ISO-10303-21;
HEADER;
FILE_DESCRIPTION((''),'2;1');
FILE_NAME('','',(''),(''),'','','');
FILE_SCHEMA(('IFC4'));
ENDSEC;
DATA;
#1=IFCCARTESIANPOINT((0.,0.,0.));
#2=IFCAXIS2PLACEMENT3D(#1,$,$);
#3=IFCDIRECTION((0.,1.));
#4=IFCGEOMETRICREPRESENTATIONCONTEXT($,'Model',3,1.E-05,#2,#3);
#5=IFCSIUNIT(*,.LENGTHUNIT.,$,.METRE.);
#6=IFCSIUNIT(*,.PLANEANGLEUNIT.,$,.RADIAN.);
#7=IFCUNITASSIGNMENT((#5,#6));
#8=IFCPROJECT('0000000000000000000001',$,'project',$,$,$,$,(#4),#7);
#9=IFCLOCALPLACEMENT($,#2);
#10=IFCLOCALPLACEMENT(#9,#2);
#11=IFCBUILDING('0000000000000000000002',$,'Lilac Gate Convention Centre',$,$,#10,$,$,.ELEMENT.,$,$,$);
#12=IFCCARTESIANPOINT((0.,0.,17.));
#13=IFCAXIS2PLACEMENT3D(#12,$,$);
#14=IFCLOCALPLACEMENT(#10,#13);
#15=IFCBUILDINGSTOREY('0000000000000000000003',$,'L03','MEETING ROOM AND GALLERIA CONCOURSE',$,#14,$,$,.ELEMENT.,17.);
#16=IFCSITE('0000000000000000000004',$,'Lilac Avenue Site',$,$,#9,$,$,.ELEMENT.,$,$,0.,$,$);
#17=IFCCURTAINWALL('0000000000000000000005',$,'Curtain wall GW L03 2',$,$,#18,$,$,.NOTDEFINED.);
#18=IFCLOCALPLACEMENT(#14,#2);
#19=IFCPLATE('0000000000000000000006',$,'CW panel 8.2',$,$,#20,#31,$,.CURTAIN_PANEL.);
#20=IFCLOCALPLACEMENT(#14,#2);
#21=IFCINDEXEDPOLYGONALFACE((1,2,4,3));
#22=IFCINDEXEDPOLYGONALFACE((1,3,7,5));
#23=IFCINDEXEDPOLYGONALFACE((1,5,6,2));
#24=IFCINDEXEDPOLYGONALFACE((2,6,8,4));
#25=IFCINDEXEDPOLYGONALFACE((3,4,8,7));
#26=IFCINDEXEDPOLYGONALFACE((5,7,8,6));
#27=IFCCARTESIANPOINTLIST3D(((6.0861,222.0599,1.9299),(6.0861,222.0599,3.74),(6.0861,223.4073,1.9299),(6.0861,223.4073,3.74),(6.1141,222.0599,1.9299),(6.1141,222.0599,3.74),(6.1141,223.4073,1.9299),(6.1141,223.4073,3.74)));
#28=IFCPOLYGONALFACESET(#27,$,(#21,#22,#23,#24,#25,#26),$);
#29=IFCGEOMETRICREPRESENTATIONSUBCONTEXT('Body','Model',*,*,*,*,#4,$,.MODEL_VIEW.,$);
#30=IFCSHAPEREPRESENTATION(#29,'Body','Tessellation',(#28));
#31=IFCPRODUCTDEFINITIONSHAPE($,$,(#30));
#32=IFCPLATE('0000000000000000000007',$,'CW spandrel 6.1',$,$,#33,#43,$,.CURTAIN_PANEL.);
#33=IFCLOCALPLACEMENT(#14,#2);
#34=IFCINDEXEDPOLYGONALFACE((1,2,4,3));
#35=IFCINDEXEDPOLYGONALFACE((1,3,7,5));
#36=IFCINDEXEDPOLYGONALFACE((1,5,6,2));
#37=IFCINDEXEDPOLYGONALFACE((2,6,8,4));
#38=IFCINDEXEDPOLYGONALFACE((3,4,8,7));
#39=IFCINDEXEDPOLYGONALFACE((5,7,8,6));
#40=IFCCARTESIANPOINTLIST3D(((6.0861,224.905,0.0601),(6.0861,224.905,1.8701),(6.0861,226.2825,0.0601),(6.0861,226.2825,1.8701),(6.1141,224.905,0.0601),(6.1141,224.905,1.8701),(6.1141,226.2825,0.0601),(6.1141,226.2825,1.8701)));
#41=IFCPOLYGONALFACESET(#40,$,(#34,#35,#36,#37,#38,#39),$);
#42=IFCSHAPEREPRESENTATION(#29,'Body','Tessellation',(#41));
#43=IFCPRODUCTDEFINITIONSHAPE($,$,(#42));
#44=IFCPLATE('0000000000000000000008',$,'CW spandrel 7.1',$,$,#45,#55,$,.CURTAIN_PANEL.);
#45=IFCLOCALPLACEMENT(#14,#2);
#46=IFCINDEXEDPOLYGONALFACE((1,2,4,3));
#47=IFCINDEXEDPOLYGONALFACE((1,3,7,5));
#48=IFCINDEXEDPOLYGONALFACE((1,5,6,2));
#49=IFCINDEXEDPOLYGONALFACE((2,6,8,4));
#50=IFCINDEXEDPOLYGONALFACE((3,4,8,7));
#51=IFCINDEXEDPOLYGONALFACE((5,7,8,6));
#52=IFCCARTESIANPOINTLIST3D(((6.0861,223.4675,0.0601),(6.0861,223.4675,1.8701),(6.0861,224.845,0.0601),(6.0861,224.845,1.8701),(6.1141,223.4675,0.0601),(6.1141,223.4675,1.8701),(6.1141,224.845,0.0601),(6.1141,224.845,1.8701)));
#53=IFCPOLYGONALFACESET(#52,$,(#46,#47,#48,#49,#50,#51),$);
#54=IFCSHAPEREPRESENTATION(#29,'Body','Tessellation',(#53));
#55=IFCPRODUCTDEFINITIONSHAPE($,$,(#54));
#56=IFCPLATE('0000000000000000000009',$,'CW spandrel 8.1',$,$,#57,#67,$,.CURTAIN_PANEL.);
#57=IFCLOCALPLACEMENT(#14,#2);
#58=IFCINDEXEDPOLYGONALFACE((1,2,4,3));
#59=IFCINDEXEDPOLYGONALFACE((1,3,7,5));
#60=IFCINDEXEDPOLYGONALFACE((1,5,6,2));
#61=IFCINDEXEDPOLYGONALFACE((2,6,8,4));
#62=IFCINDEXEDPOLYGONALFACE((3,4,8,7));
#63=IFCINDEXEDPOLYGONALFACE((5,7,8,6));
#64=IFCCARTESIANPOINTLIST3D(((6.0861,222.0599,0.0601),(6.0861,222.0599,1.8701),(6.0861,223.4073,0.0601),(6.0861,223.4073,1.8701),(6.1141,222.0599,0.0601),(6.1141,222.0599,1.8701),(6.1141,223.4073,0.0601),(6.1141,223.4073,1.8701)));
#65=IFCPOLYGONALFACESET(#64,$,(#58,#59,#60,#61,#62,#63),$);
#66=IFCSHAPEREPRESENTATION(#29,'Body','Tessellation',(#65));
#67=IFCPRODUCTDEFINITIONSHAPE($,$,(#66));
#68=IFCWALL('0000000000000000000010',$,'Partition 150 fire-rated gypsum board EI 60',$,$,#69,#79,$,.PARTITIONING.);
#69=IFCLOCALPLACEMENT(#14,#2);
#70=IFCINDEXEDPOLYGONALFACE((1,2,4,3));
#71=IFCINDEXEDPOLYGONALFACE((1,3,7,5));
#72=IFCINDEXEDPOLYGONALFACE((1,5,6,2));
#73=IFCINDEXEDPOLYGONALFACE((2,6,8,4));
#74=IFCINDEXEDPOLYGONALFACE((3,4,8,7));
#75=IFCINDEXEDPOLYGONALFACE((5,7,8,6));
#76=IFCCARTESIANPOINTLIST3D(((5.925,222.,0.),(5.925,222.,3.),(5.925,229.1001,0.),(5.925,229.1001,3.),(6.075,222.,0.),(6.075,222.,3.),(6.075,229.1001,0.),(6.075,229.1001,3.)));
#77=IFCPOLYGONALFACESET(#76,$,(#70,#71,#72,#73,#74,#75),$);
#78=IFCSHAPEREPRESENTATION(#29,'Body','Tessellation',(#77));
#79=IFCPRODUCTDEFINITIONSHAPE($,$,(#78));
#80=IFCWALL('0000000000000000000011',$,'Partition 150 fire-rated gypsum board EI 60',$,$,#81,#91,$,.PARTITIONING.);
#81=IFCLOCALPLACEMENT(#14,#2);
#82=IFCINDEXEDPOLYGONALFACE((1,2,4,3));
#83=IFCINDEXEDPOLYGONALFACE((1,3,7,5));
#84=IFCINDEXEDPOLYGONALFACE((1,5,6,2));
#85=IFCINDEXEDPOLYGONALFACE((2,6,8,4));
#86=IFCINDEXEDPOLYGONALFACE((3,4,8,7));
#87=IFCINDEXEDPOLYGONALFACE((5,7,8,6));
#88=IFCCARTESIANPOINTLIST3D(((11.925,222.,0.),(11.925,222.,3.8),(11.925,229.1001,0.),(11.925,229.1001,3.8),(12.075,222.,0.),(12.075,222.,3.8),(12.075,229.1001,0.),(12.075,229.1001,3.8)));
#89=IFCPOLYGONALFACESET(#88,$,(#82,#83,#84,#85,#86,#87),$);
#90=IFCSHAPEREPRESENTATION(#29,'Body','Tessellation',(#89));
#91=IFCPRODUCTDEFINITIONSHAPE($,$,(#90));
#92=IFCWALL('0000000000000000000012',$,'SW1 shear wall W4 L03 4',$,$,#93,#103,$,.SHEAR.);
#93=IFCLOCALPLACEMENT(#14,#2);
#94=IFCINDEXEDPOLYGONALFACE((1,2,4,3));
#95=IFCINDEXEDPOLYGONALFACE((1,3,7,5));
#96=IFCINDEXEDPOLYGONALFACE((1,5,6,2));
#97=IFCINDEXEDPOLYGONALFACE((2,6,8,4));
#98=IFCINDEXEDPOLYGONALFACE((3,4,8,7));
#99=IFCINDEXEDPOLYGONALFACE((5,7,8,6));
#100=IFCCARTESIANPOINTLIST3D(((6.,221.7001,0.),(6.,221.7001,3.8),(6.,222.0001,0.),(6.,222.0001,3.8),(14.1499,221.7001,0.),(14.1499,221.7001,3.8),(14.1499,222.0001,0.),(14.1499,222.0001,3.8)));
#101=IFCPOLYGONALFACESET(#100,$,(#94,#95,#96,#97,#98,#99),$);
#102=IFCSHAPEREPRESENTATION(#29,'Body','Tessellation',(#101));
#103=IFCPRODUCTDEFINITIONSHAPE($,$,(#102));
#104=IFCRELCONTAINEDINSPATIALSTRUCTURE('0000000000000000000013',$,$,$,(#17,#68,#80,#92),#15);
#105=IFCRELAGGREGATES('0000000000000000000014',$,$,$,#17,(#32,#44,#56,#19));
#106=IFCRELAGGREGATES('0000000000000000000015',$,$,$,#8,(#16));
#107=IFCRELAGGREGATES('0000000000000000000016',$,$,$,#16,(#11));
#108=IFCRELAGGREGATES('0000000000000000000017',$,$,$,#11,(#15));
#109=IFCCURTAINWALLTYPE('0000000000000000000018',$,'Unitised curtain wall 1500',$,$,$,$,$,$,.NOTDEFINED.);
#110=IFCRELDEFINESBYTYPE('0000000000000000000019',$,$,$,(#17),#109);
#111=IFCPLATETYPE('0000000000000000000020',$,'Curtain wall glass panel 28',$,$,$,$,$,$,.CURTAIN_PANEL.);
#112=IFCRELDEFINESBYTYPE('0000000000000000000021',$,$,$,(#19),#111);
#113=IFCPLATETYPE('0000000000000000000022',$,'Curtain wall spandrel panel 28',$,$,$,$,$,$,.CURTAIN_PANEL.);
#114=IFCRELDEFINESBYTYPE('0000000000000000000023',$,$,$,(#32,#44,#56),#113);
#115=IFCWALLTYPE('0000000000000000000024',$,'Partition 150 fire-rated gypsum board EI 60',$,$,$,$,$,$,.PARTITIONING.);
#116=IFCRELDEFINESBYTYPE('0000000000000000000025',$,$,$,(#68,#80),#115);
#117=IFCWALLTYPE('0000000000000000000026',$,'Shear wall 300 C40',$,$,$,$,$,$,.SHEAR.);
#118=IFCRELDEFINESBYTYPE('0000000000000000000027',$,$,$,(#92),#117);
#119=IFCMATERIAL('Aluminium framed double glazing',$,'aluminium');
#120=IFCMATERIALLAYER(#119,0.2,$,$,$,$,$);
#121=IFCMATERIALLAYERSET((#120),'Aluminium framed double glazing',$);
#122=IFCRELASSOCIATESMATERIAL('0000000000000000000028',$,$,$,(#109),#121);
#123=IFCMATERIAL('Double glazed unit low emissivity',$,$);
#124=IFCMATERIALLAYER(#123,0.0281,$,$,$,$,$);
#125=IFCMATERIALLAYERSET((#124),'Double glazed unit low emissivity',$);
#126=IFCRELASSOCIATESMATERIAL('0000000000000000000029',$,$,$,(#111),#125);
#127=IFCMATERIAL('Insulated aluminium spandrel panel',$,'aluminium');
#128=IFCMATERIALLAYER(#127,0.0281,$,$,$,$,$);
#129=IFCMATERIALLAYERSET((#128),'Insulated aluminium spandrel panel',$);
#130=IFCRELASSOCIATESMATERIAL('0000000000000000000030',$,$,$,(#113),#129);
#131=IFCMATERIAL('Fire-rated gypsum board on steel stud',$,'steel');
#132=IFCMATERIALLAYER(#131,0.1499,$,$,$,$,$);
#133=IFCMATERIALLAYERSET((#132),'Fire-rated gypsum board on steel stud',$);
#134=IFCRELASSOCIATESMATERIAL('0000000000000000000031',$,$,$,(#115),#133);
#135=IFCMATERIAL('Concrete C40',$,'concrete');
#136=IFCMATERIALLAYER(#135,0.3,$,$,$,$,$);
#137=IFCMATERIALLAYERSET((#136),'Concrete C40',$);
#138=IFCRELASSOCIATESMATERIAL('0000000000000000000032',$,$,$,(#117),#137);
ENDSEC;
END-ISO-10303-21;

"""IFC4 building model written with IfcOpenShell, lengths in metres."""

from ifc_helpers import new_model, si_unit, direction, frame, frame_2d, origin, origin_2d, place, context, subcontext, project, spatial, rectangle, extrude, material, layer, layer_set, type_object, element, aggregate, save


model = new_model("IFC4")

# Units and contexts
model_context = context("Model", 3, precision=1e-05, world=origin(), true_north=direction((0.0, 1.0)))
body_context = subcontext(model_context, "Body", "Model", "MODEL_VIEW")
ifc_project = project(units=[si_unit("LENGTHUNIT", "METRE"), si_unit("PLANEANGLEUNIT", "RADIAN")], contexts=[model_context])

# Site, building, storey
site_placement = place(None, origin())
site = spatial("IfcSite", under=ifc_project, at=site_placement, Name="Lilac Avenue Site", CompositionType="ELEMENT", RefElevation=0.0)
building_placement = place(site_placement, origin())
building = spatial("IfcBuilding", under=site, at=building_placement, Name="Lilac Gate Convention Centre", CompositionType="ELEMENT")
storey_placement = place(building_placement, frame((0.0, 0.0, 17.0)))
storey = spatial("IfcBuildingStorey", under=building, at=storey_placement, Name="L03", Description="MEETING ROOM AND GALLERIA CONCOURSE", CompositionType="ELEMENT", Elevation=17.0)

# Curtain wall
ifc_material_1 = material(Name="Aluminium framed double glazing", Category="aluminium")
ifc_layer_1 = layer(ifc_material_1, 0.2)
ifc_layer_set_1 = layer_set([ifc_layer_1], Name="Aluminium framed double glazing")
curtain_wall_type = type_object("IfcCurtainWallType", Name="Unitised curtain wall 1500", PredefinedType="NOTDEFINED", material=ifc_layer_set_1)
curtain_wall_placement = place(storey_placement, origin())
curtain_wall = element("IfcCurtainWall", 1, at=curtain_wall_placement, inside=storey, type_object=curtain_wall_type, Name="Curtain wall GW L03 2", PredefinedType="NOTDEFINED")

# Shared definitions
ifc_material_2 = material(Name="Concrete C40", Category="concrete")

# Plates
ifc_material_3 = material(Name="Double glazed unit low emissivity")
ifc_layer_2 = layer(ifc_material_3, 0.0281)
ifc_layer_set_2 = layer_set([ifc_layer_2], Name="Double glazed unit low emissivity")
plate_type_1 = type_object("IfcPlateType", Name="Curtain wall glass panel 28", PredefinedType="CURTAIN_PANEL", material=ifc_layer_set_2)
plate_1_placement = place(storey_placement, frame((6.1001, 222.7336, 1.9299), z_axis=(0.0, 0.0, 1.0), x_axis=(0.0, -1.0, 0.0)))
plate_1 = element("IfcPlate", 2, at=plate_1_placement, type_object=plate_type_1, Name="CW panel 8.2", PredefinedType="CURTAIN_PANEL", context=body_context, shape_type="SweptSolid", body=[
    extrude(rectangle(XDim=1.3474, YDim=0.0281, at=origin_2d()), origin(), (0.0, 0.0, 1.0), 1.8101),
])
ifc_material_4 = material(Name="Insulated aluminium spandrel panel", Category="aluminium")
ifc_layer_3 = layer(ifc_material_4, 0.0281)
ifc_layer_set_3 = layer_set([ifc_layer_3], Name="Insulated aluminium spandrel panel")
plate_type_2 = type_object("IfcPlateType", Name="Curtain wall spandrel panel 28", PredefinedType="CURTAIN_PANEL", material=ifc_layer_set_3)
plate_2_placement = place(storey_placement, frame((6.1001, 225.5938, 0.0601), z_axis=(0.0, 0.0, 1.0), x_axis=(0.0, -1.0, 0.0)))
plate_2 = element("IfcPlate", 3, at=plate_2_placement, type_object=plate_type_2, Name="CW spandrel 6.1", PredefinedType="CURTAIN_PANEL", context=body_context, shape_type="SweptSolid", body=[
    extrude(rectangle(XDim=1.3774, YDim=0.0281, at=origin_2d()), origin(), (0.0, 0.0, 1.0), 1.8101),
])
plate_3_placement = place(storey_placement, frame((6.1001, 224.1562, 0.0601), z_axis=(0.0, 0.0, 1.0), x_axis=(0.0, -1.0, 0.0)))
plate_3 = element("IfcPlate", 4, at=plate_3_placement, type_object=plate_type_2, Name="CW spandrel 7.1", PredefinedType="CURTAIN_PANEL", context=body_context, shape_type="SweptSolid", body=[
    extrude(rectangle(XDim=1.3774, YDim=0.0281, at=origin_2d()), origin(), (0.0, 0.0, 1.0), 1.8101),
])
plate_4_placement = place(storey_placement, frame((6.1001, 222.7336, 0.0601), z_axis=(0.0, 0.0, 1.0), x_axis=(0.0, -1.0, 0.0)))
plate_4 = element("IfcPlate", 5, at=plate_4_placement, type_object=plate_type_2, Name="CW spandrel 8.1", PredefinedType="CURTAIN_PANEL", context=body_context, shape_type="SweptSolid", body=[
    extrude(rectangle(XDim=1.3474, YDim=0.0281, at=origin_2d()), origin(), (0.0, 0.0, 1.0), 1.8101),
])
aggregate(curtain_wall, [plate_2, plate_3, plate_4, plate_1])

# Walls
ifc_material_5 = material(Name="Fire-rated gypsum board on steel stud", Category="steel")
ifc_layer_4 = layer(ifc_material_5, 0.1499)
ifc_layer_set_4 = layer_set([ifc_layer_4], Name="Fire-rated gypsum board on steel stud")
wall_type_1 = type_object("IfcWallType", Name="Partition 150 fire-rated gypsum board EI 60", PredefinedType="PARTITIONING", material=ifc_layer_set_4)
wall_1_placement = place(storey_placement, frame((6.0, 222.0, 0.0), z_axis=(0.0, 0.0, 1.0), x_axis=(0.0, 1.0, 0.0)))
element("IfcWall", 6, at=wall_1_placement, inside=storey, type_object=wall_type_1, Name="Partition 150 fire-rated gypsum board EI 60", PredefinedType="PARTITIONING", context=body_context, shape_type="SweptSolid", body=[
    extrude(rectangle(XDim=7.1001, YDim=0.1499, at=frame_2d((3.55, 0.0))), origin(), (0.0, 0.0, 1.0), 3.0),
])
wall_2_placement = place(storey_placement, frame((12.0, 222.0, 0.0), z_axis=(0.0, 0.0, 1.0), x_axis=(0.0, 1.0, 0.0)))
element("IfcWall", 7, at=wall_2_placement, inside=storey, type_object=wall_type_1, Name="Partition 150 fire-rated gypsum board EI 60", PredefinedType="PARTITIONING", context=body_context, shape_type="SweptSolid", body=[
    extrude(rectangle(XDim=7.1001, YDim=0.1499, at=frame_2d((3.55, 0.0))), origin(), (0.0, 0.0, 1.0), 3.8),
])
ifc_layer_5 = layer(ifc_material_2, 0.3)
ifc_layer_set_5 = layer_set([ifc_layer_5], Name="Concrete C40")
wall_type_2 = type_object("IfcWallType", Name="Shear wall 300 C40", PredefinedType="SHEAR", material=ifc_layer_set_5)
wall_3_placement = place(storey_placement, frame((6.0, 221.8501, 0.0), z_axis=(0.0, 0.0, 1.0), x_axis=(1.0, 0.0, 0.0)))
element("IfcWall", 8, at=wall_3_placement, inside=storey, type_object=wall_type_2, Name="SW1 shear wall W4 L03 4", PredefinedType="SHEAR", context=body_context, shape_type="SweptSolid", body=[
    extrude(rectangle(XDim=8.1499, YDim=0.3, at=frame_2d((4.075, 0.0))), origin(), (0.0, 0.0, 1.0), 3.8),
])

save(model, "model.ifc")
